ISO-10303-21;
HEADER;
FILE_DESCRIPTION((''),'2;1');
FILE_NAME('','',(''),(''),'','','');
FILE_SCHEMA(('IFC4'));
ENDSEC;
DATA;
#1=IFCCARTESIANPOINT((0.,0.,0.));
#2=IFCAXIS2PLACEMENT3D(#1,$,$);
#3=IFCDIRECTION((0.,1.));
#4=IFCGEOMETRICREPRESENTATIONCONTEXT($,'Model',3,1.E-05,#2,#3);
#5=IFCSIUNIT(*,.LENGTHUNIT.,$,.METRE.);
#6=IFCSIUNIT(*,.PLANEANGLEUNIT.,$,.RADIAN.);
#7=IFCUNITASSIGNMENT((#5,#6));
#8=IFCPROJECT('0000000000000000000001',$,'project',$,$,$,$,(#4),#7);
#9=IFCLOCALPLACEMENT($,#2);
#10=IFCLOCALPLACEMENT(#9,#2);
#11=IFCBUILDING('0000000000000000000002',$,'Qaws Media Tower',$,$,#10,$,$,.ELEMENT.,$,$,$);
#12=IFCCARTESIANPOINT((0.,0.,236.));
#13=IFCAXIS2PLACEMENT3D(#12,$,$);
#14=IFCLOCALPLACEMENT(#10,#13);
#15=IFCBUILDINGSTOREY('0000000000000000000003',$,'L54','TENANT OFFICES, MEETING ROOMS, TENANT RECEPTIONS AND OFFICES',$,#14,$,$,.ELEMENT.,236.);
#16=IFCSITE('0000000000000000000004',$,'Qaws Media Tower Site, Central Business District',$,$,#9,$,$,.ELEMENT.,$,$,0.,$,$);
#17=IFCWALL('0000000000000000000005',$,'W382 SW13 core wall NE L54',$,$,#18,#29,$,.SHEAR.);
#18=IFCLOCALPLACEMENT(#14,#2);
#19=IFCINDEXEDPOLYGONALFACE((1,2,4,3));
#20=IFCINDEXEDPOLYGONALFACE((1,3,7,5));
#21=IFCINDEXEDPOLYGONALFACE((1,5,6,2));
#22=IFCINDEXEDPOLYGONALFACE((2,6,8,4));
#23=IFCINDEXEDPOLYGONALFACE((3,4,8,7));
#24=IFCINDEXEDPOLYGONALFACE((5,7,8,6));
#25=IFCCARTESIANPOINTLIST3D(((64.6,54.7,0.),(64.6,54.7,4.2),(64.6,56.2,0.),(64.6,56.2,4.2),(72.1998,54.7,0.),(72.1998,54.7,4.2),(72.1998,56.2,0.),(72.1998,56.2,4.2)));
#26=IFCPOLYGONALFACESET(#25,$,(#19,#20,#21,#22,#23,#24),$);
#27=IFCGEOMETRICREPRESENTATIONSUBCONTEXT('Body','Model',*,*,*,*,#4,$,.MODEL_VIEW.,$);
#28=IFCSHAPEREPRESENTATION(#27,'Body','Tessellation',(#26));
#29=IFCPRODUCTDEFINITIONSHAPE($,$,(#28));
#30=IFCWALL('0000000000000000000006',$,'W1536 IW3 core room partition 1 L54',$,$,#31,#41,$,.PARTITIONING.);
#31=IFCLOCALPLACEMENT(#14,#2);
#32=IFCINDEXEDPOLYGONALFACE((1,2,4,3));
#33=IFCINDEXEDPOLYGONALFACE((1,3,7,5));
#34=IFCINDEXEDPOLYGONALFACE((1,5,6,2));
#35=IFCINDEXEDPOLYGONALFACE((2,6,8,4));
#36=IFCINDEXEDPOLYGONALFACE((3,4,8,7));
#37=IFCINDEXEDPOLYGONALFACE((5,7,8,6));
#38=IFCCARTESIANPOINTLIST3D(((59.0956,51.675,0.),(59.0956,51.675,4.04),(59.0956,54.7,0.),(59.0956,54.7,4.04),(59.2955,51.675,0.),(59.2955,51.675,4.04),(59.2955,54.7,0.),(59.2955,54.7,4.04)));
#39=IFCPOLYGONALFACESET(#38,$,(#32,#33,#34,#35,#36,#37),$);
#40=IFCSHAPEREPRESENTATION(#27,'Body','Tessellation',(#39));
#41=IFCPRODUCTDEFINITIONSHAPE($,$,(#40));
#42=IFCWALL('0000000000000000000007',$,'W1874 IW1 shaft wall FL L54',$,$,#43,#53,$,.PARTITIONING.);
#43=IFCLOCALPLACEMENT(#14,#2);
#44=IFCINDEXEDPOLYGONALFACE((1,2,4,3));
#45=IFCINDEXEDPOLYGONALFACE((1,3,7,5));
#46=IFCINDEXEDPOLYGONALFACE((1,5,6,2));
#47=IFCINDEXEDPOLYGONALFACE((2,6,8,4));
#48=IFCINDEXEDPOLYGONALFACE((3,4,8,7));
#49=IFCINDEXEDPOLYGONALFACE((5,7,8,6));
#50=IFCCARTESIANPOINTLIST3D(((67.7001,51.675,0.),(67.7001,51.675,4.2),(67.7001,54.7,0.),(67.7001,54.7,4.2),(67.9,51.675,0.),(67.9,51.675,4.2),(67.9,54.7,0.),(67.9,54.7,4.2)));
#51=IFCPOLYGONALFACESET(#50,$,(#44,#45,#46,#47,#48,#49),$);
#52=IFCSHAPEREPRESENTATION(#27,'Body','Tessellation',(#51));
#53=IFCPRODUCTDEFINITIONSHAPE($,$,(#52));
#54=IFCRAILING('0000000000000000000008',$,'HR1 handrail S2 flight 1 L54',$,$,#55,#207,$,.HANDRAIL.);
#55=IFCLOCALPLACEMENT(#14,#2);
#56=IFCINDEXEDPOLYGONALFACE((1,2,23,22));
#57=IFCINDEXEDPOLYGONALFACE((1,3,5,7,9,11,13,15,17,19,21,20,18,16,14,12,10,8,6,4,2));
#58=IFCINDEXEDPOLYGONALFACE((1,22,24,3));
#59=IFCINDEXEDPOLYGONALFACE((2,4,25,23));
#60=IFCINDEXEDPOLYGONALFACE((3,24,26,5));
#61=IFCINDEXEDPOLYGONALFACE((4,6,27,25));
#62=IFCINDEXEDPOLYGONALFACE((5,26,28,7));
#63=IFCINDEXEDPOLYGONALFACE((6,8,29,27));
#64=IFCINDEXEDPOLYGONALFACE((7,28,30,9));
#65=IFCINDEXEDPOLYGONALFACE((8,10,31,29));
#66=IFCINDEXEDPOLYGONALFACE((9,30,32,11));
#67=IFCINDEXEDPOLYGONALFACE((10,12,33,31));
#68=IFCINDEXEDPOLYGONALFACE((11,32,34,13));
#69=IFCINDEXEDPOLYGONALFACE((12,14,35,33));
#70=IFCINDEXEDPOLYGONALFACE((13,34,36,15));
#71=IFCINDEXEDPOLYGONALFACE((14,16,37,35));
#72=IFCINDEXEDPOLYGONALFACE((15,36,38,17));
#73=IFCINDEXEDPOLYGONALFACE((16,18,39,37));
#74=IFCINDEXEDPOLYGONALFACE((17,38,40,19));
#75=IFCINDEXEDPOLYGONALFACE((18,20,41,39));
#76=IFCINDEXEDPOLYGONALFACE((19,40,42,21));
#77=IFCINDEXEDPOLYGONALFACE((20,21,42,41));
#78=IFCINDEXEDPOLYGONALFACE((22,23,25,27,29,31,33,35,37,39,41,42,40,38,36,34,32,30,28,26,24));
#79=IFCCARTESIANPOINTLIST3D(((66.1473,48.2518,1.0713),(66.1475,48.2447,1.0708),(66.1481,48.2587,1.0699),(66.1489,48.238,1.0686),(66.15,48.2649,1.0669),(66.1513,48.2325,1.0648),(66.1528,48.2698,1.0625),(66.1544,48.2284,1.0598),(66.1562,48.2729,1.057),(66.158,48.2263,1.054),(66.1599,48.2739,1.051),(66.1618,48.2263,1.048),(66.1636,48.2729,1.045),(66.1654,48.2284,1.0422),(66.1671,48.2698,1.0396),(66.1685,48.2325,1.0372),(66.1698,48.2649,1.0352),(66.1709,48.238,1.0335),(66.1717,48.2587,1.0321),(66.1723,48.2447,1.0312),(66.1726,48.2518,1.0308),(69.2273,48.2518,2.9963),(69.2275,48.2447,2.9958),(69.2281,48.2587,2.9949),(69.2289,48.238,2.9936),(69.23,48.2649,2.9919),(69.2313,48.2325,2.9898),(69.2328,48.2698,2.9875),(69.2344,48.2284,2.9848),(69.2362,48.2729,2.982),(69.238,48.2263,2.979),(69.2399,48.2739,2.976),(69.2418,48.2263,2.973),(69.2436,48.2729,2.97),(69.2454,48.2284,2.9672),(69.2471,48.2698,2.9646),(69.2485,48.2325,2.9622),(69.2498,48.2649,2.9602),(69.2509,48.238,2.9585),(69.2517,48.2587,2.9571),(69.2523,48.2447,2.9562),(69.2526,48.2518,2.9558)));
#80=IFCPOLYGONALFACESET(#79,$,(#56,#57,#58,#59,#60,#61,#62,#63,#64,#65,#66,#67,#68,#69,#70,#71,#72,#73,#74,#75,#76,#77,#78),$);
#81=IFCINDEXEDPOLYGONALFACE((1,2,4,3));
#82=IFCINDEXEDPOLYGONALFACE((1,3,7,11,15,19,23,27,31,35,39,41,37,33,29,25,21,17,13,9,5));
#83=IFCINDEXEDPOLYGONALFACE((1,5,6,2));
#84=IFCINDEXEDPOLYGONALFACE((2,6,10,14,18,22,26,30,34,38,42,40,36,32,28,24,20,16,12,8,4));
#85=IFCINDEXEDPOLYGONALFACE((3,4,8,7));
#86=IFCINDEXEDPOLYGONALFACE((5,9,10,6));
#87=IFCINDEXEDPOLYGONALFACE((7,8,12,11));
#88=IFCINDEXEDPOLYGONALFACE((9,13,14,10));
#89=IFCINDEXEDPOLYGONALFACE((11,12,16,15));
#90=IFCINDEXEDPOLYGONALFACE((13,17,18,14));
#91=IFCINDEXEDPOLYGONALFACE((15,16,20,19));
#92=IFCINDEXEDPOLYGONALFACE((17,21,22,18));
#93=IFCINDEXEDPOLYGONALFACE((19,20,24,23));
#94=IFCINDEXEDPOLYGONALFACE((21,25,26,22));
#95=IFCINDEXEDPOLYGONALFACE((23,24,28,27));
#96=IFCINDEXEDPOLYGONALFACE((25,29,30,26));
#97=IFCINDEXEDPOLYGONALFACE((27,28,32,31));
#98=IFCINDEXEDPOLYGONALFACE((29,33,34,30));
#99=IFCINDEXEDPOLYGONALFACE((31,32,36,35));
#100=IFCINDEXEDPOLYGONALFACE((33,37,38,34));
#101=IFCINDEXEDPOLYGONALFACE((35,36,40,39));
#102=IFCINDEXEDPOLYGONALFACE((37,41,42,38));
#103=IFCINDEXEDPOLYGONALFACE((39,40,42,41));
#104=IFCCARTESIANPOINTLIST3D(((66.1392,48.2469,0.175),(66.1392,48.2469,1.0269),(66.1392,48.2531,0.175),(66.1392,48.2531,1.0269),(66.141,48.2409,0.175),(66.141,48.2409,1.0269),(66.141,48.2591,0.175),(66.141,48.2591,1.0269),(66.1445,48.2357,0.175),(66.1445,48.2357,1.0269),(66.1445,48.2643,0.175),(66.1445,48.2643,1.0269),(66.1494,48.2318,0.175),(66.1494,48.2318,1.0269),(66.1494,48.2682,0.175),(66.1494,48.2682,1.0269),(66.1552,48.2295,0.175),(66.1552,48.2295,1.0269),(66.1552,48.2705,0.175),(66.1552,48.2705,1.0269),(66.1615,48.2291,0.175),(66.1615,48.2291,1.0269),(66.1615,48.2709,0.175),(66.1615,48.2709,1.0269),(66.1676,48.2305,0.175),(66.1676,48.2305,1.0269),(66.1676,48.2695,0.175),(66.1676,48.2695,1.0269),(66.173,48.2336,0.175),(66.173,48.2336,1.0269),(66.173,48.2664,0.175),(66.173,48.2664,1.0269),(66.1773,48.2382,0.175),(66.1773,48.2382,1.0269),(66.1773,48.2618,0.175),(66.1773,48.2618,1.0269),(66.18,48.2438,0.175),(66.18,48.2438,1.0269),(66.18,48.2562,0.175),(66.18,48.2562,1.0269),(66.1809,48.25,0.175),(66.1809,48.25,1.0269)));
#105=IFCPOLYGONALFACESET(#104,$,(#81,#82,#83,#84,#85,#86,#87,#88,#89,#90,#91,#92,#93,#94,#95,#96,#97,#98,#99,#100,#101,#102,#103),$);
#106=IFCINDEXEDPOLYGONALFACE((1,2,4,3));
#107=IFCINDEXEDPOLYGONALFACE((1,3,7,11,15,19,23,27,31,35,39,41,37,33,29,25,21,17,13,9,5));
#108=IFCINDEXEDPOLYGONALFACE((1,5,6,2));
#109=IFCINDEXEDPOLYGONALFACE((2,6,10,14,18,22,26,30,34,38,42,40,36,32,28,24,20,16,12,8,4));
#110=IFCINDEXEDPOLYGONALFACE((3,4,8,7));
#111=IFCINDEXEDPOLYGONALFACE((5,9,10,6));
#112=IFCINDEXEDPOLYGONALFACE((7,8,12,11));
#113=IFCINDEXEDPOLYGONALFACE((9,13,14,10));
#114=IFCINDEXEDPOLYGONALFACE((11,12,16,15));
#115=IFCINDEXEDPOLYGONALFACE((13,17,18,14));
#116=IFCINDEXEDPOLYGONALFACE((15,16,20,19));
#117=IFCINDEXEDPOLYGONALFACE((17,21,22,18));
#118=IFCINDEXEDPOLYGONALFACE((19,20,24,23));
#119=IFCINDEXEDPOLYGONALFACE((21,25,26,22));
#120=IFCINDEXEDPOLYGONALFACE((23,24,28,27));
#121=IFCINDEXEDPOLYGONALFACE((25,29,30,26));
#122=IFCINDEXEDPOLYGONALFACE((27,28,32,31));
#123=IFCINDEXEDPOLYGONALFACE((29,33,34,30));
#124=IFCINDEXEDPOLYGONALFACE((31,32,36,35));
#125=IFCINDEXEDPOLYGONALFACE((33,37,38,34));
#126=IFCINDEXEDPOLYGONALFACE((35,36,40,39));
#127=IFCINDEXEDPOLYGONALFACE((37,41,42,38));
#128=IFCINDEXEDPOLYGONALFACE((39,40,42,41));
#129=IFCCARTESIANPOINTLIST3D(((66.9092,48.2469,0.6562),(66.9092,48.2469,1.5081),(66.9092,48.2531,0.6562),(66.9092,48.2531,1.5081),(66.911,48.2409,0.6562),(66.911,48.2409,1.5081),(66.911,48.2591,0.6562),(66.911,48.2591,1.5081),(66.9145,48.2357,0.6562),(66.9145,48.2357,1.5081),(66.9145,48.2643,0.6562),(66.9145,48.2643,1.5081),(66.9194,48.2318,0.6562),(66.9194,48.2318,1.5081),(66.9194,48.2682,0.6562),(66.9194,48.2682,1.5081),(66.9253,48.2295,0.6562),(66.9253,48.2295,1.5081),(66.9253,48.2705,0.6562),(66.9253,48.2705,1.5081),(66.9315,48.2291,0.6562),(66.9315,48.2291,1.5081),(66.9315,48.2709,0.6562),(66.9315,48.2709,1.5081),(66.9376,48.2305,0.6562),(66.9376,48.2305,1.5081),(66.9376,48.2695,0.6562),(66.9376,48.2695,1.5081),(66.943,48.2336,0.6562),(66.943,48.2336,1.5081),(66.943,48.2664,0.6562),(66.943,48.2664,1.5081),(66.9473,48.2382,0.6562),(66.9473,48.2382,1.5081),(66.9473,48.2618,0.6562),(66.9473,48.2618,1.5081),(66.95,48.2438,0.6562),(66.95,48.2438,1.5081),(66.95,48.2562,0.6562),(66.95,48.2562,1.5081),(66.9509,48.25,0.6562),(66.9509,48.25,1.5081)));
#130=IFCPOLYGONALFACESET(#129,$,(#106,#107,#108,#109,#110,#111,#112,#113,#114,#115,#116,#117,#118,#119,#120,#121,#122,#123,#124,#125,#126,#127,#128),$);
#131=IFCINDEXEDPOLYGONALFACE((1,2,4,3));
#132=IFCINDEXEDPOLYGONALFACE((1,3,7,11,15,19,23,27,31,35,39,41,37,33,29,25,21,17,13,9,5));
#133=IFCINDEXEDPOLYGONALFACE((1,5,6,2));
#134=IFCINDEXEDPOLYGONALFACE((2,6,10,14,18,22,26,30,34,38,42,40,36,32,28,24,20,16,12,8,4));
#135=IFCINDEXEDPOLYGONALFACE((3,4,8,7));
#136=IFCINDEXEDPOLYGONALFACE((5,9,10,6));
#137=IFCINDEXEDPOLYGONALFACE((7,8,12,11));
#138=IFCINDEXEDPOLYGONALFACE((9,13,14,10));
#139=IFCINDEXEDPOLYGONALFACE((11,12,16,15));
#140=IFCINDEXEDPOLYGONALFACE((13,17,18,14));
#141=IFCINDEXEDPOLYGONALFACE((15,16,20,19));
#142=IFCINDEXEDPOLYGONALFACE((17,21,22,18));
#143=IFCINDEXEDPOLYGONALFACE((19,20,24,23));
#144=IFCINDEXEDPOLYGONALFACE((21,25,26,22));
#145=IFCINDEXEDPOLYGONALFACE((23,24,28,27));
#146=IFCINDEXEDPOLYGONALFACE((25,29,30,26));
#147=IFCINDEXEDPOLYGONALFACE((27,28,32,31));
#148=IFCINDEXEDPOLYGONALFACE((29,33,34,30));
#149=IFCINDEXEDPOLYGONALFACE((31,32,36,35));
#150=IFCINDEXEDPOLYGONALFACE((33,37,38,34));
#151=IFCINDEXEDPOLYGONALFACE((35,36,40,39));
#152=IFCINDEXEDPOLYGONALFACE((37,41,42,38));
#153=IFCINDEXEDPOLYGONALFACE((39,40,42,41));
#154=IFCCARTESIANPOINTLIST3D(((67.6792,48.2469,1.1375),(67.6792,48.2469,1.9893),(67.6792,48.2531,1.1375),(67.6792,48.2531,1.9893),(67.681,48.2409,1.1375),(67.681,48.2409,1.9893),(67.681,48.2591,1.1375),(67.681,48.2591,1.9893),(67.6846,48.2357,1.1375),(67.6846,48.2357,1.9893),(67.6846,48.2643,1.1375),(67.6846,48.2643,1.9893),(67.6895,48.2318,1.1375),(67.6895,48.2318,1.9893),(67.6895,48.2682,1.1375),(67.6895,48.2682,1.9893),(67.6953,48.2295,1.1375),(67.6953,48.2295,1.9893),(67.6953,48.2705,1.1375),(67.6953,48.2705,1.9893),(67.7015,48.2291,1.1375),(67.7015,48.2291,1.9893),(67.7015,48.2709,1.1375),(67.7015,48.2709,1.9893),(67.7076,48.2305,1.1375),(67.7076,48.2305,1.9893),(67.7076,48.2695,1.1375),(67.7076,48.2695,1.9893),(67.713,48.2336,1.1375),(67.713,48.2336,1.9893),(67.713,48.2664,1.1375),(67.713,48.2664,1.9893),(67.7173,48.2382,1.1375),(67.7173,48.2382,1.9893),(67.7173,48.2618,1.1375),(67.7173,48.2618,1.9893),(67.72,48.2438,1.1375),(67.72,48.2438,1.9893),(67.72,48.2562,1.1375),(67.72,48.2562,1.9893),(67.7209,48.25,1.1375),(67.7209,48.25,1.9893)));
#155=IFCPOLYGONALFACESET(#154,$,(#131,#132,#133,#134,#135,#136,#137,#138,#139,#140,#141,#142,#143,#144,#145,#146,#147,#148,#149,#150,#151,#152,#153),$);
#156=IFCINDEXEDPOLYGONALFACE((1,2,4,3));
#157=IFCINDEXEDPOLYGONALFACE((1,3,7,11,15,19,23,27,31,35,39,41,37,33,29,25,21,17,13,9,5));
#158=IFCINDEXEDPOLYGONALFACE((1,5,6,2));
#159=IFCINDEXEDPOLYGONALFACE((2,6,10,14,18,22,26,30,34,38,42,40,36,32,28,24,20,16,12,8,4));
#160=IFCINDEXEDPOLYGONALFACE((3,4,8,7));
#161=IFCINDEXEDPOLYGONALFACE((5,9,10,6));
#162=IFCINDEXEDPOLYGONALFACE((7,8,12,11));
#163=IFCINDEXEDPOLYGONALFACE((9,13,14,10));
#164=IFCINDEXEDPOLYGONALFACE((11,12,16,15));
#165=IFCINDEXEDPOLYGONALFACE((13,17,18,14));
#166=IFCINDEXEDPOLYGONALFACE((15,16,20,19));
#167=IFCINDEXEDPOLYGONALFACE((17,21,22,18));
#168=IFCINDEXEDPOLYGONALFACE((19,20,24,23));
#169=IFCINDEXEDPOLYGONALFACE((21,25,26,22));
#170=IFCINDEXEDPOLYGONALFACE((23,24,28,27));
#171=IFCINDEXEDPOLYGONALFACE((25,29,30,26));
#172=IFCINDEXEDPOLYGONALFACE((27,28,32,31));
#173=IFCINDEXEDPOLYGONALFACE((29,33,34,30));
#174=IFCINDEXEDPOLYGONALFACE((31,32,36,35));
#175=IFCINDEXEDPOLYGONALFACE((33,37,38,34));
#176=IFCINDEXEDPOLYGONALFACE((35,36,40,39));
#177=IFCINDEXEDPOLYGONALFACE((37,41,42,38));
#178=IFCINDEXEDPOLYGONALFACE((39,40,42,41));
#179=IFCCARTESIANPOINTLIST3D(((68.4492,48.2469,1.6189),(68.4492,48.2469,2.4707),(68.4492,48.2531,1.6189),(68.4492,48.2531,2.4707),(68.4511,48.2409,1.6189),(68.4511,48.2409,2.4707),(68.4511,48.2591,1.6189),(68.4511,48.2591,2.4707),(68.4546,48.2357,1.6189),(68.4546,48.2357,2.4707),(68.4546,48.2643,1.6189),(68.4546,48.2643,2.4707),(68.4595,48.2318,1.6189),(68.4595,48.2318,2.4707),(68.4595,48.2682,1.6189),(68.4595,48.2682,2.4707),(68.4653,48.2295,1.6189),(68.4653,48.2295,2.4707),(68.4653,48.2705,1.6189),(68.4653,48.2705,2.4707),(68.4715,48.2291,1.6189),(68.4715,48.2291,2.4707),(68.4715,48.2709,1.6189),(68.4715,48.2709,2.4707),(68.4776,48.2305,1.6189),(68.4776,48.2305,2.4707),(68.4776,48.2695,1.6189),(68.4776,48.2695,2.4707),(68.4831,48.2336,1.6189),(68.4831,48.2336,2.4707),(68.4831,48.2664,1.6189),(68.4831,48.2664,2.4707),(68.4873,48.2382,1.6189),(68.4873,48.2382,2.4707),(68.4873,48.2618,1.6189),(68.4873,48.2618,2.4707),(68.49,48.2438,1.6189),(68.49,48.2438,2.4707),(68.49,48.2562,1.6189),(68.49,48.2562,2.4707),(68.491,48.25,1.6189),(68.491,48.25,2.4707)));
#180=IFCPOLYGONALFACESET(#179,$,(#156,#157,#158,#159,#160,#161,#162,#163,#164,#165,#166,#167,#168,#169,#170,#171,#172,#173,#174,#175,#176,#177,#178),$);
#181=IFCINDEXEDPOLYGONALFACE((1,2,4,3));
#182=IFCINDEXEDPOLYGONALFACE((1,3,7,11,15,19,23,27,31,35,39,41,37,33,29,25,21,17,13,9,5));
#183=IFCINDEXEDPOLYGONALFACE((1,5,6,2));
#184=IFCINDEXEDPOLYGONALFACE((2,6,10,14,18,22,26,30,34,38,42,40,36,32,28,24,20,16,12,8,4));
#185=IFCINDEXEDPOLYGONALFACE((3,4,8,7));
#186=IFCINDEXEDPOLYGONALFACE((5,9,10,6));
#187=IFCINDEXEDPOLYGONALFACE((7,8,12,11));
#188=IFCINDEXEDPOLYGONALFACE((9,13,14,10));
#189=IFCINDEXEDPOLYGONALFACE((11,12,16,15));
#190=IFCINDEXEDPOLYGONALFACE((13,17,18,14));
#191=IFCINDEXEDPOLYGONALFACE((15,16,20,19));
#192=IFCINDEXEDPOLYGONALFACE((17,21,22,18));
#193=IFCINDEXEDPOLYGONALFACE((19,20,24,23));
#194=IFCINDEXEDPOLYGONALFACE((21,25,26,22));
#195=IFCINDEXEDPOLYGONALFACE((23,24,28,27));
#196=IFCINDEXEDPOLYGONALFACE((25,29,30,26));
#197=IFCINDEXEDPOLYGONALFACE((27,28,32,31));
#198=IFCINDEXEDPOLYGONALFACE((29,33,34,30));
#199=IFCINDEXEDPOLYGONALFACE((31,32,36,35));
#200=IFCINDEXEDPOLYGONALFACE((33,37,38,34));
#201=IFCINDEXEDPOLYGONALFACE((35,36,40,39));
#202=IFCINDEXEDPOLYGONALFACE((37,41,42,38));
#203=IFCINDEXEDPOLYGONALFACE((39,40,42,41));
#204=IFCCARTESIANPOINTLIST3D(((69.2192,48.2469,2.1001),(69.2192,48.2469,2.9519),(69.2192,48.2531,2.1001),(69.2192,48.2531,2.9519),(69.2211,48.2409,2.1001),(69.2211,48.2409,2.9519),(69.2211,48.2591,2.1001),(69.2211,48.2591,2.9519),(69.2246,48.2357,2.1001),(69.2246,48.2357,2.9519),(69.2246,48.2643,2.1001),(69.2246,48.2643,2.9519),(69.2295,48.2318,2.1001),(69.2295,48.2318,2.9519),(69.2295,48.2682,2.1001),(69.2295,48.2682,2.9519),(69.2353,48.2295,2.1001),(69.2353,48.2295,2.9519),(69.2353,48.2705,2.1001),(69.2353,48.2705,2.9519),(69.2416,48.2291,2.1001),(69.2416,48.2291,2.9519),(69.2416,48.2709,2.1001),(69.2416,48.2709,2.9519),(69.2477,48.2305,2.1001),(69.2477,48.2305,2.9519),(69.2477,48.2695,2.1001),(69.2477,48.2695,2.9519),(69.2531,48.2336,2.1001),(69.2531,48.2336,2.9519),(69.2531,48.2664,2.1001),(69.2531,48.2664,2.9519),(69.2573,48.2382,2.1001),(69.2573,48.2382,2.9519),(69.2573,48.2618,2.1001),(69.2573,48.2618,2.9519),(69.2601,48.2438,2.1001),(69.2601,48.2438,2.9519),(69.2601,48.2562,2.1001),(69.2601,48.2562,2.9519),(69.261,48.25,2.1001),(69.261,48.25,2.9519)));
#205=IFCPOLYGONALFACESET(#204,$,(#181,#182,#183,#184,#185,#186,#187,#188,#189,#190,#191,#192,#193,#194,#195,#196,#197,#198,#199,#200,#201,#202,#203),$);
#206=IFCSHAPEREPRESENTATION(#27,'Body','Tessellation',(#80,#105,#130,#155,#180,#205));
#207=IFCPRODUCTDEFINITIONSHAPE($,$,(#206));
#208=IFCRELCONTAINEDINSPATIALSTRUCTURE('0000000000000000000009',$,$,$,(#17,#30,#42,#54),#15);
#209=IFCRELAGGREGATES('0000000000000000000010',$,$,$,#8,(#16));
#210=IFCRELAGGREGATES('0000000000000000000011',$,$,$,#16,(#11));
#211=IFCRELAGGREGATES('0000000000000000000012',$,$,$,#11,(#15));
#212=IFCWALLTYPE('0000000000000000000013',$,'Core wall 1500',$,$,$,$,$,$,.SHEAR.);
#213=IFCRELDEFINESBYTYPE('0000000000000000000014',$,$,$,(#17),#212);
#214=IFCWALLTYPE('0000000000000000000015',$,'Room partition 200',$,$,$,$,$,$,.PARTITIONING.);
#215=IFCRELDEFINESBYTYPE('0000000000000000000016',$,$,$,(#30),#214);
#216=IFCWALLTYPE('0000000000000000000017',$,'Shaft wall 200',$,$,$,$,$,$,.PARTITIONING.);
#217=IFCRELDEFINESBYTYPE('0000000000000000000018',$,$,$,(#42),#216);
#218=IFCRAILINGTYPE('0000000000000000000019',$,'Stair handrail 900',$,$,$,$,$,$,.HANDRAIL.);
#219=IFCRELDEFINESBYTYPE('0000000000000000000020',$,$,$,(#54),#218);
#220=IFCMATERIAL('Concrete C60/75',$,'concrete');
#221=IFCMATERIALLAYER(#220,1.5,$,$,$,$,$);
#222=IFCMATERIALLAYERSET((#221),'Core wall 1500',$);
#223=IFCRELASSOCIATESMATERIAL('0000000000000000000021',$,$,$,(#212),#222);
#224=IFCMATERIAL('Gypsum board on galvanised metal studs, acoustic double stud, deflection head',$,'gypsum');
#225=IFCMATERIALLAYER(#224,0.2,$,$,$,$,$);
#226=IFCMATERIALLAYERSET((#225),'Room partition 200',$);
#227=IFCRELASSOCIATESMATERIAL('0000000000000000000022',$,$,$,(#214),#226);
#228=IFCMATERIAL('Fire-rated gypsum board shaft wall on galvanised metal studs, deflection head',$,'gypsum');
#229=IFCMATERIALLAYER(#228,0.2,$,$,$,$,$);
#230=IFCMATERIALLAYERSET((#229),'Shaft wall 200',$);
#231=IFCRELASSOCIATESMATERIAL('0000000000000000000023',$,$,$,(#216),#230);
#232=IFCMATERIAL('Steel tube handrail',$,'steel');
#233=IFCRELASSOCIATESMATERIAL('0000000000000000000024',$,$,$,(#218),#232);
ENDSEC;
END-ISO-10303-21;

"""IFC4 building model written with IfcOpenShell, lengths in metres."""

from ifc_helpers import new_model, si_unit, direction, frame, frame_2d, origin, origin_2d, place, context, subcontext, project, spatial, rectangle, circle, extrude, material, layer, layer_set, type_object, element, save


model = new_model("IFC4")

# Units and contexts
model_context = context("Model", 3, precision=1e-05, world=origin(), true_north=direction((0.0, 1.0)))
body_context = subcontext(model_context, "Body", "Model", "MODEL_VIEW")
ifc_project = project(units=[si_unit("LENGTHUNIT", "METRE"), si_unit("PLANEANGLEUNIT", "RADIAN")], contexts=[model_context])

# Site, building, storey
site_placement = place(None, origin())
site = spatial("IfcSite", under=ifc_project, at=site_placement, Name="Qaws Media Tower Site, Central Business District", CompositionType="ELEMENT", RefElevation=0.0)
building_placement = place(site_placement, origin())
building = spatial("IfcBuilding", under=site, at=building_placement, Name="Qaws Media Tower", CompositionType="ELEMENT")
storey_placement = place(building_placement, frame((0.0, 0.0, 236.0)))
storey = spatial("IfcBuildingStorey", under=building, at=storey_placement, Name="L54", Description="TENANT OFFICES, MEETING ROOMS, TENANT RECEPTIONS AND OFFICES", CompositionType="ELEMENT", Elevation=236.0)

# Walls
ifc_material_1 = material(Name="Concrete C60/75", Category="concrete")
ifc_layer_1 = layer(ifc_material_1, 1.5)
ifc_layer_set_1 = layer_set([ifc_layer_1], Name="Core wall 1500")
wall_type_1 = type_object("IfcWallType", Name="Core wall 1500", PredefinedType="SHEAR", material=ifc_layer_set_1)
wall_1_placement = place(storey_placement, frame((64.6001, 55.45, 0.0), z_axis=(0.0, 0.0, 1.0), x_axis=(1.0, 0.0, 0.0)))
element("IfcWall", 1, at=wall_1_placement, inside=storey, type_object=wall_type_1, Name="W382 SW13 core wall NE L54", PredefinedType="SHEAR", context=body_context, shape_type="SweptSolid", body=[
    extrude(rectangle(XDim=7.5999, YDim=1.5, at=frame_2d((3.7998, 0.0))), origin(), (0.0, 0.0, 1.0), 4.2),
])
ifc_material_2 = material(Name="Gypsum board on galvanised metal studs, acoustic double stud, deflection head", Category="gypsum")
ifc_layer_2 = layer(ifc_material_2, 0.2)
ifc_layer_set_2 = layer_set([ifc_layer_2], Name="Room partition 200")
wall_type_2 = type_object("IfcWallType", Name="Room partition 200", PredefinedType="PARTITIONING", material=ifc_layer_set_2)
wall_2_placement = place(storey_placement, frame((59.1956, 51.675, 0.0), z_axis=(0.0, 0.0, 1.0), x_axis=(0.0, 1.0, 0.0)))
element("IfcWall", 2, at=wall_2_placement, inside=storey, type_object=wall_type_2, Name="W1536 IW3 core room partition 1 L54", PredefinedType="PARTITIONING", context=body_context, shape_type="SweptSolid", body=[
    extrude(rectangle(XDim=3.0249, YDim=0.2, at=frame_2d((1.5125, 0.0))), origin(), (0.0, 0.0, 1.0), 4.04),
])
ifc_material_3 = material(Name="Fire-rated gypsum board shaft wall on galvanised metal studs, deflection head", Category="gypsum")
ifc_layer_3 = layer(ifc_material_3, 0.2)
ifc_layer_set_3 = layer_set([ifc_layer_3], Name="Shaft wall 200")
wall_type_3 = type_object("IfcWallType", Name="Shaft wall 200", PredefinedType="PARTITIONING", material=ifc_layer_set_3)
wall_3_placement = place(storey_placement, frame((67.8, 51.675, 0.0), z_axis=(0.0, 0.0, 1.0), x_axis=(0.0, 1.0, 0.0)))
element("IfcWall", 3, at=wall_3_placement, inside=storey, type_object=wall_type_3, Name="W1874 IW1 shaft wall FL L54", PredefinedType="PARTITIONING", context=body_context, shape_type="SweptSolid", body=[
    extrude(rectangle(XDim=3.0249, YDim=0.2, at=frame_2d((1.5125, 0.0))), origin(), (0.0, 0.0, 1.0), 4.2),
])

# Railing
ifc_material_4 = material(Name="Steel tube handrail", Category="steel")
railing_type = type_object("IfcRailingType", Name="Stair handrail 900", PredefinedType="HANDRAIL", material=ifc_material_4)
railing_placement = place(storey_placement, frame((66.1599, 48.25, 0.175)))
element("IfcRailing", 4, at=railing_placement, inside=storey, type_object=railing_type, Name="HR1 handrail S2 flight 1 L54", PredefinedType="HANDRAIL", context=body_context, shape_type="SweptSolid", body=[
    extrude(circle(Radius=0.0239, at=origin_2d()), frame((0.0, 0.0, 0.876), z_axis=(0.847998, 0.0, 0.529999), x_axis=(0.0, 1.0, 0.0)), (0.0, 0.0, 1.0), 3.6321),
    extrude(circle(Radius=0.021, at=origin_2d()), origin(), (0.0, 0.0, 1.0), 0.8518),
    extrude(circle(Radius=0.021, at=origin_2d()), frame((0.77, 0.0, 0.4812)), (0.0, 0.0, 1.0), 0.8518),
    extrude(circle(Radius=0.021, at=origin_2d()), frame((1.54, 0.0, 0.9624)), (0.0, 0.0, 1.0), 0.8518),
    extrude(circle(Radius=0.021, at=origin_2d()), frame((2.3101, 0.0, 1.4438)), (0.0, 0.0, 1.0), 0.8518),
    extrude(circle(Radius=0.021, at=origin_2d()), frame((3.0801, 0.0, 1.925)), (0.0, 0.0, 1.0), 0.8518),
])

save(model, "model.ifc")
